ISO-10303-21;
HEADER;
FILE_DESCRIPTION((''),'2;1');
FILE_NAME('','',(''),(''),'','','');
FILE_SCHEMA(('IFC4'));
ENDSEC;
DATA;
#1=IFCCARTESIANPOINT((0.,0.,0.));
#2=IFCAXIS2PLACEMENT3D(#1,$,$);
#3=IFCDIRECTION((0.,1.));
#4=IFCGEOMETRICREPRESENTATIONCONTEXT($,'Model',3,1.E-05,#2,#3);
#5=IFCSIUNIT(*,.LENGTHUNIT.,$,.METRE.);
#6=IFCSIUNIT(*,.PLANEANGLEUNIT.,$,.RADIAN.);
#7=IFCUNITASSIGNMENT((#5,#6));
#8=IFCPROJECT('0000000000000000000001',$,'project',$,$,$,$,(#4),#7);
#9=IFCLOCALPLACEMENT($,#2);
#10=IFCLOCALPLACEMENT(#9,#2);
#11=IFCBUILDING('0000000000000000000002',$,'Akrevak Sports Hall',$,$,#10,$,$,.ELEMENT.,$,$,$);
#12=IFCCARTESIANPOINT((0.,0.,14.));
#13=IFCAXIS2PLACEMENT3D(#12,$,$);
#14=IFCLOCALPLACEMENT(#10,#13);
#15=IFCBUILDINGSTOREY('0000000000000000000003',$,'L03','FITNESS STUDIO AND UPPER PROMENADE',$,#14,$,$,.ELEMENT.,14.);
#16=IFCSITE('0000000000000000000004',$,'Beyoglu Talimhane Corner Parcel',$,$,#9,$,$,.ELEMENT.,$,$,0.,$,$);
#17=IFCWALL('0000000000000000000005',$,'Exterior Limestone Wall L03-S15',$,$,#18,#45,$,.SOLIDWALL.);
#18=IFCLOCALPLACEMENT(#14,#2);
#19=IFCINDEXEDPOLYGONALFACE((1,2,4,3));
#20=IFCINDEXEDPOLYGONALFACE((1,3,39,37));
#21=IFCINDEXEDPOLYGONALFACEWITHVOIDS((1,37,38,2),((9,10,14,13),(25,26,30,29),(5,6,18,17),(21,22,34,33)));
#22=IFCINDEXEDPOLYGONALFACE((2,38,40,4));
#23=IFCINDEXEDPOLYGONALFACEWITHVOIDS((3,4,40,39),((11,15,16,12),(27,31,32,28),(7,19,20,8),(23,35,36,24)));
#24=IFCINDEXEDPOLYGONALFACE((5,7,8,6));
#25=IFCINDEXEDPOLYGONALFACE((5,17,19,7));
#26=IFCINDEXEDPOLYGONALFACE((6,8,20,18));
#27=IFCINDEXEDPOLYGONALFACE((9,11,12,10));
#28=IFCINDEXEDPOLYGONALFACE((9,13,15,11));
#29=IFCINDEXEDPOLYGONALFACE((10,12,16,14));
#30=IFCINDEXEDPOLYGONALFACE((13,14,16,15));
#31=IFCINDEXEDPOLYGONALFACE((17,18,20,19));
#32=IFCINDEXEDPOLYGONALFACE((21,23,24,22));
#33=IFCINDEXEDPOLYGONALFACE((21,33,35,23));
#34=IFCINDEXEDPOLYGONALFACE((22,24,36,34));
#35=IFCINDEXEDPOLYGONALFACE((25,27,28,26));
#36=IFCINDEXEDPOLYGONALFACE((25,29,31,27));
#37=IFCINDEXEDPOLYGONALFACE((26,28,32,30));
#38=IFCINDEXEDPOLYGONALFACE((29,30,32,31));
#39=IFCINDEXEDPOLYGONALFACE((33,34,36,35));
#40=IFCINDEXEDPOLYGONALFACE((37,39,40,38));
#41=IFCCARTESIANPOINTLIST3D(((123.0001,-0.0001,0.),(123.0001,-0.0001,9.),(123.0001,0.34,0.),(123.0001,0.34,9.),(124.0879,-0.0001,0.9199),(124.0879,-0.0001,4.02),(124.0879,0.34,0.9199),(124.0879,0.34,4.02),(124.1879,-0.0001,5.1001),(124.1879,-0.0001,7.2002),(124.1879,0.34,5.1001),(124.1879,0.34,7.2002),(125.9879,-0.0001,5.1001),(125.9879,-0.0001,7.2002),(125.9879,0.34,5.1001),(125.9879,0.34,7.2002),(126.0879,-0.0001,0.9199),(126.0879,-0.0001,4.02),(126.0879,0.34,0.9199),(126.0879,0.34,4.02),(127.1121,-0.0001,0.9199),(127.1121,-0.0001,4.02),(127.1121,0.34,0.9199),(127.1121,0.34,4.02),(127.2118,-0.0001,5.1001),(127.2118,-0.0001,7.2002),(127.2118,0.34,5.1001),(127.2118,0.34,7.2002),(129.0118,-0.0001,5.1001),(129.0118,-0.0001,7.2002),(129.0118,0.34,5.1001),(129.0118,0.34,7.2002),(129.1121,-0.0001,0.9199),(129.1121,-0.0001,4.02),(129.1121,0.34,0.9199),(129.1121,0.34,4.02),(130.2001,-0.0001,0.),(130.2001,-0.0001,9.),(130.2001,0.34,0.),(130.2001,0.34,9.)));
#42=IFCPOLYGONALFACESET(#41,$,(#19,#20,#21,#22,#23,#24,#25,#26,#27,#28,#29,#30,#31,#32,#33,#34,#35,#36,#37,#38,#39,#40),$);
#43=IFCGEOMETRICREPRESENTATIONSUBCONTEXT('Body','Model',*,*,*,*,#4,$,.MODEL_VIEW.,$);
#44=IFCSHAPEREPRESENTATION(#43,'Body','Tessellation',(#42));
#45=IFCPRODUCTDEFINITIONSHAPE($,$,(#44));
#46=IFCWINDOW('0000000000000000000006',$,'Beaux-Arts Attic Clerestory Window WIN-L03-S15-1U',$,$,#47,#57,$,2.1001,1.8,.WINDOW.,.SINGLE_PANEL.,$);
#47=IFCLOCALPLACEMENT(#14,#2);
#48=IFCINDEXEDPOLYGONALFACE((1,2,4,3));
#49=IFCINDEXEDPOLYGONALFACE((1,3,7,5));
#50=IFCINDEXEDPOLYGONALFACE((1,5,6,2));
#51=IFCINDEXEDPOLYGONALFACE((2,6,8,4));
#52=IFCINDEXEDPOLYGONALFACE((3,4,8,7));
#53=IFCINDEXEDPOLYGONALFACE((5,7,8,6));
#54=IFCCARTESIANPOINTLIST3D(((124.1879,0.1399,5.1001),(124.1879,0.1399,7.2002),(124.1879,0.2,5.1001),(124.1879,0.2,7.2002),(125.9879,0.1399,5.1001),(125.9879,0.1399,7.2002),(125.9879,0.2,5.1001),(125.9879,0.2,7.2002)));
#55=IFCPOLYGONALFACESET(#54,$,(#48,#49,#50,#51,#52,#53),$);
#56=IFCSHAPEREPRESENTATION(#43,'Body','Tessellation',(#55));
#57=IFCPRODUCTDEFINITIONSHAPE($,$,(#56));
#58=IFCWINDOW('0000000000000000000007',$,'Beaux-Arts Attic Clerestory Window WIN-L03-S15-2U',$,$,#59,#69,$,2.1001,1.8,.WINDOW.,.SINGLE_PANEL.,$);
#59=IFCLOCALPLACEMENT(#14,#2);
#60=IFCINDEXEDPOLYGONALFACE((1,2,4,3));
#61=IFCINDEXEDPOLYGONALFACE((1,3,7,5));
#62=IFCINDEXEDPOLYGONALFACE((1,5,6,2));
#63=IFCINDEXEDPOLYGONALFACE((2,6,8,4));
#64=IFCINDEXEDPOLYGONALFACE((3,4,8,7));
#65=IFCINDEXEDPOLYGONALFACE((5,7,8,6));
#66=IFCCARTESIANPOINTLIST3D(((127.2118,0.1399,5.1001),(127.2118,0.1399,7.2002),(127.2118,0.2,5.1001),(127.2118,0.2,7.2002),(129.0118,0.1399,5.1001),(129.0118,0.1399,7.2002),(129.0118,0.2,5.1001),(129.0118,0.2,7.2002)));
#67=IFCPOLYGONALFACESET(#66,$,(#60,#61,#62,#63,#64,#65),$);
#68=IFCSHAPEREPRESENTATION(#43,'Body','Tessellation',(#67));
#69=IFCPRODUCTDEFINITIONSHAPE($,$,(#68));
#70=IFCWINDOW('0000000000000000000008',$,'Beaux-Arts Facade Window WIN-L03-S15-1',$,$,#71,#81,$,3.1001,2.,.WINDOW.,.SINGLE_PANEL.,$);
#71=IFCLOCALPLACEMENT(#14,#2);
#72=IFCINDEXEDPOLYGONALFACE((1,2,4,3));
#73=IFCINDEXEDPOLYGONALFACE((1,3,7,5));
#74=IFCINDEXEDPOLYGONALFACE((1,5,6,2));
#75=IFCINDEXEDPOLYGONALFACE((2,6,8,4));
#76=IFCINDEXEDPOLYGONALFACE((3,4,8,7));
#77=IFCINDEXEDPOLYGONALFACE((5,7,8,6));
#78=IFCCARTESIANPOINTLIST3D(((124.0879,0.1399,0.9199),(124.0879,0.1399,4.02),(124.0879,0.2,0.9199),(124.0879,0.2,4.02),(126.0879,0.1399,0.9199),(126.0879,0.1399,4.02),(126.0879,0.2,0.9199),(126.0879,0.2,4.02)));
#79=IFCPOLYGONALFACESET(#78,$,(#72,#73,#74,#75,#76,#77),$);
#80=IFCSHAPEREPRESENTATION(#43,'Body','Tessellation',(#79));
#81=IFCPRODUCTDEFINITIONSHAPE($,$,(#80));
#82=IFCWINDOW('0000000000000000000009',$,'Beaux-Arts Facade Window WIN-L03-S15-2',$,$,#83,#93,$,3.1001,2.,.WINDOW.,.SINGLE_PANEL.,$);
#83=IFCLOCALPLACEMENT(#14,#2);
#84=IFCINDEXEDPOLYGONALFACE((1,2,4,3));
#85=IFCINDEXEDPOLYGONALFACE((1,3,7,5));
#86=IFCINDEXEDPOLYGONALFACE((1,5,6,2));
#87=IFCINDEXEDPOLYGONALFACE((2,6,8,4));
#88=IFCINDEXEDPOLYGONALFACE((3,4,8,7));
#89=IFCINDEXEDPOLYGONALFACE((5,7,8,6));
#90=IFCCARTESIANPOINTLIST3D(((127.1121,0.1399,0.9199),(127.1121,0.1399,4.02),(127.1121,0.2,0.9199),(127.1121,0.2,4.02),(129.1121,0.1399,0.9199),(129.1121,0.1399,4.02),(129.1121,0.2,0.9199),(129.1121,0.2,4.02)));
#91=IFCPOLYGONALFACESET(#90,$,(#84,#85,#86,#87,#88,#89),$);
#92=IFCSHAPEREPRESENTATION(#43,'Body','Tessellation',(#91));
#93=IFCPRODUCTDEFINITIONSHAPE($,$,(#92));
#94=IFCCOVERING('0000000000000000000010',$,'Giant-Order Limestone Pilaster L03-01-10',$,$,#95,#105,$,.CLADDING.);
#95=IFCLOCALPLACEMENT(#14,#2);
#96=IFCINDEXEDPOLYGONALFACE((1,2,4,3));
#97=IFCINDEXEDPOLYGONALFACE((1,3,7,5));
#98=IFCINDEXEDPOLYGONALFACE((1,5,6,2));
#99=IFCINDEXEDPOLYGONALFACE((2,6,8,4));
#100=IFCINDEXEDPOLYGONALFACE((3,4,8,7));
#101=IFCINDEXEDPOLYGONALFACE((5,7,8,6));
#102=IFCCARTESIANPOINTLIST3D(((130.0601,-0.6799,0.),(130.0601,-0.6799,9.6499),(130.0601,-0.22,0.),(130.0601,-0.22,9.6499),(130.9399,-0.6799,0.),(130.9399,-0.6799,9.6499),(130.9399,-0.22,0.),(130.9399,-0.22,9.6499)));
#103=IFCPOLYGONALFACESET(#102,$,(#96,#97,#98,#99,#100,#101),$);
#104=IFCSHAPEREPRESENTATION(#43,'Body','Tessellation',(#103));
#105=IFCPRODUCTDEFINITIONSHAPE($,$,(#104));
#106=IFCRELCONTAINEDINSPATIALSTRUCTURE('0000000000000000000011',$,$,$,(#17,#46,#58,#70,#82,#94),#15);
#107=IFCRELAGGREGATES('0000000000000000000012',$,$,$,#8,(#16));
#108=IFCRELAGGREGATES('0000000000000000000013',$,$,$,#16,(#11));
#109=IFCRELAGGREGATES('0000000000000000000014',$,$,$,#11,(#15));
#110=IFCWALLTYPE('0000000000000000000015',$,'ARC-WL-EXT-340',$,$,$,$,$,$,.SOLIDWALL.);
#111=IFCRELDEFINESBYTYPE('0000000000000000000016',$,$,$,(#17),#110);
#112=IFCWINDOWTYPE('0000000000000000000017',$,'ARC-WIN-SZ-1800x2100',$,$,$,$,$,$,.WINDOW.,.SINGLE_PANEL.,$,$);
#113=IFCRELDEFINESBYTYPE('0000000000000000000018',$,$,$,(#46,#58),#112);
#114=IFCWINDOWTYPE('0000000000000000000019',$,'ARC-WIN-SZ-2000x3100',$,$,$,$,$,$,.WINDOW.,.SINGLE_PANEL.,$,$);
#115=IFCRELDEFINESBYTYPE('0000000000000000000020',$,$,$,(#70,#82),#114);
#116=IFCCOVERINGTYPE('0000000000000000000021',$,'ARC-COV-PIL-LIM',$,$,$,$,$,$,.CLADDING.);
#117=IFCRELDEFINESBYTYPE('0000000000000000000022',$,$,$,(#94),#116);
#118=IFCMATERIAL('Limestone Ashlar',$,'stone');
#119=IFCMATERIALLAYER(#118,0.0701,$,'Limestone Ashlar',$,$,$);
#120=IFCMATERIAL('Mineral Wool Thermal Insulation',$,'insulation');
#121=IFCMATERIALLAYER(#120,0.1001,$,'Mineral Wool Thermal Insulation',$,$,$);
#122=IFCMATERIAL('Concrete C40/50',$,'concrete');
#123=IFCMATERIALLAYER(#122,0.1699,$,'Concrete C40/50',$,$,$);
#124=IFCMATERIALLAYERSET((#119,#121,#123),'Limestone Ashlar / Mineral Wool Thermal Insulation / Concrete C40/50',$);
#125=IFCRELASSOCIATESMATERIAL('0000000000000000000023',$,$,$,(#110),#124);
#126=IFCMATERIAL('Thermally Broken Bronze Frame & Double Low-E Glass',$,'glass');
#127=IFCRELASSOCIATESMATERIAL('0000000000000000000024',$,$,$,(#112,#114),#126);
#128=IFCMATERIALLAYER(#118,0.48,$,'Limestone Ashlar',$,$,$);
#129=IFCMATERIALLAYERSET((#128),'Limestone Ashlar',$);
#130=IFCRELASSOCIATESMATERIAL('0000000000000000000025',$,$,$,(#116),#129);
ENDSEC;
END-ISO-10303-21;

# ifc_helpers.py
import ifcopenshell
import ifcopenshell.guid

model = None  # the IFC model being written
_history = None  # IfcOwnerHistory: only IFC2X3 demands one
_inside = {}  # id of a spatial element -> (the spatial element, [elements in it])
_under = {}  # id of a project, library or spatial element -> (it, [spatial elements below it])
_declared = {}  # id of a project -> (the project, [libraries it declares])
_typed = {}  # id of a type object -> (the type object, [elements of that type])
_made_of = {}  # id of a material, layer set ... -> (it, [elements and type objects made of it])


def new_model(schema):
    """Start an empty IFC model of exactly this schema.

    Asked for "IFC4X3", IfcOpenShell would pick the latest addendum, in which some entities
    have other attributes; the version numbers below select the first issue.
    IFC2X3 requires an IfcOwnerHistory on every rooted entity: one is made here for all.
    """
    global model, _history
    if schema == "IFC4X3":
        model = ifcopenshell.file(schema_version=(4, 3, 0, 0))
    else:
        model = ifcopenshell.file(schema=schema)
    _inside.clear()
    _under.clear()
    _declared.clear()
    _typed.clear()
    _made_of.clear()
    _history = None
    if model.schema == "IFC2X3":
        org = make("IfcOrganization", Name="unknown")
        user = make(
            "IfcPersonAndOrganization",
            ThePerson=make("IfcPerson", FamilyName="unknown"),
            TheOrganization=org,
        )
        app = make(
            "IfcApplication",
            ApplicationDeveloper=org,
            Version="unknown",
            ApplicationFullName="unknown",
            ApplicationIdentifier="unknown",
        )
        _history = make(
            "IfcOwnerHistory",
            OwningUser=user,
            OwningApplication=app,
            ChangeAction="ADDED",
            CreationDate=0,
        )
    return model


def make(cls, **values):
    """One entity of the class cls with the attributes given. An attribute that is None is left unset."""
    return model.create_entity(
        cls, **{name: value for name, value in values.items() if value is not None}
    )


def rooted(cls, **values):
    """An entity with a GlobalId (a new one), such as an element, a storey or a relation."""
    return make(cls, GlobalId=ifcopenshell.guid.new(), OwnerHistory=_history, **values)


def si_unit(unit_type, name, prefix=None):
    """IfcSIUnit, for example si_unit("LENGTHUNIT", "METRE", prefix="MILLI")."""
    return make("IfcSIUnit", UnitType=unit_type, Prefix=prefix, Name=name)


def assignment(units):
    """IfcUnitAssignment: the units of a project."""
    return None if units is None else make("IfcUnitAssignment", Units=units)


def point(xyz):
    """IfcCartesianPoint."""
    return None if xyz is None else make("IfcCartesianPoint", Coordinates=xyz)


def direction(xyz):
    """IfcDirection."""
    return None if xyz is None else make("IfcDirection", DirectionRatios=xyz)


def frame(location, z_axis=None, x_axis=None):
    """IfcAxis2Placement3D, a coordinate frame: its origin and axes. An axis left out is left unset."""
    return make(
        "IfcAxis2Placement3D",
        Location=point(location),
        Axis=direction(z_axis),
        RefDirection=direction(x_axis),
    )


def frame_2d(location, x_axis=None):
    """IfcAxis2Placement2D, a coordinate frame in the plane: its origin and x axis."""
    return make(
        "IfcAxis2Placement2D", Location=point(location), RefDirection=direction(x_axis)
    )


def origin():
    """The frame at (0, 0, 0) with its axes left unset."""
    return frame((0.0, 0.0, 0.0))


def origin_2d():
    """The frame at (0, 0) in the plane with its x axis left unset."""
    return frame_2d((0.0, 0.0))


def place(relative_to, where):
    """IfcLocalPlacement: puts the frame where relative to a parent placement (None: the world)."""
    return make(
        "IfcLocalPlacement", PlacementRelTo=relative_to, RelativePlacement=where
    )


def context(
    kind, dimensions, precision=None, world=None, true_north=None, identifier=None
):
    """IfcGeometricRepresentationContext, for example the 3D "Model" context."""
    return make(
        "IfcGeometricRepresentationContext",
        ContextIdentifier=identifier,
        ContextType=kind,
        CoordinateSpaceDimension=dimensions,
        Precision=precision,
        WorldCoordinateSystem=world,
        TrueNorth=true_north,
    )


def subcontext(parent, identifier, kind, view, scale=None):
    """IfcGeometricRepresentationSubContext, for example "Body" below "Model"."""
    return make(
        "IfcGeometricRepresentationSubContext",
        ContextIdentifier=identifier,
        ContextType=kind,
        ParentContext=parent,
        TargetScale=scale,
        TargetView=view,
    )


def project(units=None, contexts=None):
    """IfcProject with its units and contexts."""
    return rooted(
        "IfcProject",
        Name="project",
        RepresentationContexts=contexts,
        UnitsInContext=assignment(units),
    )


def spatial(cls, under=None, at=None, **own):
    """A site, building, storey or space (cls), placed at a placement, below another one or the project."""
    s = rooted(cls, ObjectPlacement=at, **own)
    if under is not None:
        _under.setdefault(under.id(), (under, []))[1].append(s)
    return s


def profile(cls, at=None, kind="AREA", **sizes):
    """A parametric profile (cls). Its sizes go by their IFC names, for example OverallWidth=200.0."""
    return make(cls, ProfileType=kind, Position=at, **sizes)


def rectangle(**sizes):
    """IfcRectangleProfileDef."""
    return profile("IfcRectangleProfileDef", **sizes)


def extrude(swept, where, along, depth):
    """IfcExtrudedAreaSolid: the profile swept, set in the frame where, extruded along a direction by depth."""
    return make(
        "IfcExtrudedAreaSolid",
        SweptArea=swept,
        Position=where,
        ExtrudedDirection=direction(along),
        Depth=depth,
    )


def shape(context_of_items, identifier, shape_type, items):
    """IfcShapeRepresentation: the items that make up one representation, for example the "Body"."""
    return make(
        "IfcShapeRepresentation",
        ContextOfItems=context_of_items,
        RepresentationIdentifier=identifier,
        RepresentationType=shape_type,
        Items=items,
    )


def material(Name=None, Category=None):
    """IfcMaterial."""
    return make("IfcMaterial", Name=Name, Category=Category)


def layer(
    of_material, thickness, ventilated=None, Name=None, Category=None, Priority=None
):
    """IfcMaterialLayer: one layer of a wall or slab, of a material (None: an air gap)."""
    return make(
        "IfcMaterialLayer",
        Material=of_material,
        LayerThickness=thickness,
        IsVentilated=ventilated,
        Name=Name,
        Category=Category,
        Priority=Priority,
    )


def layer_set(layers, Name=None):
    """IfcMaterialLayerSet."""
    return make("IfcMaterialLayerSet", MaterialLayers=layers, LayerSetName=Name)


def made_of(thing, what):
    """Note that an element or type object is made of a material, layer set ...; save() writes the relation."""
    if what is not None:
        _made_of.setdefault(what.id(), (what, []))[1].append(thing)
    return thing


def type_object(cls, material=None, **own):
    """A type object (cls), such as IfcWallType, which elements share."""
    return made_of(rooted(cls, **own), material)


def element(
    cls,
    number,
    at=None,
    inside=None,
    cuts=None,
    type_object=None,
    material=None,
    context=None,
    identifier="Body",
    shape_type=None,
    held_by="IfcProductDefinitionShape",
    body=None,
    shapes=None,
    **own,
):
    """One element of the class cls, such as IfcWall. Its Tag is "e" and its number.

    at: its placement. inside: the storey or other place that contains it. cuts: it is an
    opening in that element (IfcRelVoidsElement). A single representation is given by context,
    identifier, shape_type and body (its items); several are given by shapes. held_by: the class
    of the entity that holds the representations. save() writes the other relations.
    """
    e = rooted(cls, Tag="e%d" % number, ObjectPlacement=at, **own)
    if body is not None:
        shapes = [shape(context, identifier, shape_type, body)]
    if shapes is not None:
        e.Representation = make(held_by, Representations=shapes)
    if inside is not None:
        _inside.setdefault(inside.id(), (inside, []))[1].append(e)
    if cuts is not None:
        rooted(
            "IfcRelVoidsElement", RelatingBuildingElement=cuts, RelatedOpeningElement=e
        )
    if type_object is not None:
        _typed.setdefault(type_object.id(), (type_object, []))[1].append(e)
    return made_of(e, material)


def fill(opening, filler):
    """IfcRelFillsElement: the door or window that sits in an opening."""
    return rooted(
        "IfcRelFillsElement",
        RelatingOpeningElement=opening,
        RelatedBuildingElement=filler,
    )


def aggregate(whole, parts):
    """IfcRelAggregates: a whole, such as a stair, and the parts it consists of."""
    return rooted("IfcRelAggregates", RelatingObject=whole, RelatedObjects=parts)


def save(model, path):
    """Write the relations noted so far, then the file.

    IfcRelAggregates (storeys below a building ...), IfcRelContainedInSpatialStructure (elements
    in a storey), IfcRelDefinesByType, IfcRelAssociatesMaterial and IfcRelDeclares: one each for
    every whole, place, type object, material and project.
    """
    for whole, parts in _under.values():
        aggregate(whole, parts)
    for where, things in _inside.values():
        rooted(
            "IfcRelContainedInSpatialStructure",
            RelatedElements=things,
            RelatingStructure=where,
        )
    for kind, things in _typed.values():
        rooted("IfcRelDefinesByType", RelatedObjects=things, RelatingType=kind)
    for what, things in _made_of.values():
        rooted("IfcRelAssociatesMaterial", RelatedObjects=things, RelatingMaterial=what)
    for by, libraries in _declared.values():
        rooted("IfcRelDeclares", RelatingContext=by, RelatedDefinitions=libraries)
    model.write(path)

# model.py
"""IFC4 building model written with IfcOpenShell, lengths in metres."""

from ifc_helpers import new_model, si_unit, direction, frame, frame_2d, origin, origin_2d, place, context, subcontext, project, spatial, rectangle, extrude, material, layer, layer_set, type_object, element, fill, save


model = new_model("IFC4")

# Units and contexts
model_context = context("Model", 3, precision=1e-05, world=origin(), true_north=direction((0.0, 1.0)))
body_context = subcontext(model_context, "Body", "Model", "MODEL_VIEW")
ifc_project = project(units=[si_unit("LENGTHUNIT", "METRE"), si_unit("PLANEANGLEUNIT", "RADIAN")], contexts=[model_context])

# Site, building, storey
site_placement = place(None, origin())
site = spatial("IfcSite", under=ifc_project, at=site_placement, Name="Beyoglu Talimhane Corner Parcel", CompositionType="ELEMENT", RefElevation=0.0)
building_placement = place(site_placement, origin())
building = spatial("IfcBuilding", under=site, at=building_placement, Name="Akrevak Sports Hall", CompositionType="ELEMENT")
storey_placement = place(building_placement, frame((0.0, 0.0, 14.0)))
storey = spatial("IfcBuildingStorey", under=building, at=storey_placement, Name="L03", Description="FITNESS STUDIO AND UPPER PROMENADE", CompositionType="ELEMENT", Elevation=14.0)

# Shared definitions
ifc_material_1 = material(Name="Concrete C40/50", Category="concrete")

# Wall, openings, windows
ifc_material_2 = material(Name="Limestone Ashlar", Category="stone")
ifc_layer_1 = layer(ifc_material_2, 0.0701, Name="Limestone Ashlar")
ifc_material_3 = material(Name="Mineral Wool Thermal Insulation", Category="insulation")
ifc_layer_2 = layer(ifc_material_3, 0.1001, Name="Mineral Wool Thermal Insulation")
ifc_layer_3 = layer(ifc_material_1, 0.1699, Name="Concrete C40/50")
ifc_layer_set_1 = layer_set([ifc_layer_1, ifc_layer_2, ifc_layer_3], Name="Limestone Ashlar / Mineral Wool Thermal Insulation / Concrete C40/50")
wall_type = type_object("IfcWallType", Name="ARC-WL-EXT-340", PredefinedType="SOLIDWALL", material=ifc_layer_set_1)
ifc_material_4 = material(Name="Thermally Broken Bronze Frame & Double Low-E Glass", Category="glass")
window_type_1 = type_object("IfcWindowType", Name="ARC-WIN-SZ-1800x2100", PartitioningType="SINGLE_PANEL", PredefinedType="WINDOW", material=ifc_material_4)
window_type_2 = type_object("IfcWindowType", Name="ARC-WIN-SZ-2000x3100", PartitioningType="SINGLE_PANEL", PredefinedType="WINDOW", material=ifc_material_4)
wall_1_placement = place(storey_placement, frame((123.0, 0.1699, 0.0), z_axis=(0.0, 0.0, 1.0), x_axis=(1.0, 0.0, 0.0)))
wall_1 = element("IfcWall", 1, at=wall_1_placement, inside=storey, type_object=wall_type, Name="Exterior Limestone Wall L03-S15", PredefinedType="SOLIDWALL", context=body_context, shape_type="SweptSolid", body=[
    extrude(rectangle(XDim=7.2, YDim=0.3401, at=frame_2d((3.6001, 0.0))), origin(), (0.0, 0.0, 1.0), 9.0),
])
opening_1_placement = place(wall_1_placement, frame((1.0879, 0.0, 0.9199)))
opening_1 = element("IfcOpeningElement", 2, at=opening_1_placement, cuts=wall_1, PredefinedType="OPENING", context=body_context, shape_type="SweptSolid", body=[
    extrude(rectangle(XDim=2.0, YDim=3.1001, at=frame_2d((1.0, 1.55))), frame((0.0, 0.1821, 0.0), z_axis=(0.0, -1.0, 0.0), x_axis=(1.0, 0.0, 0.0)), (0.0, 0.0, 1.0), 0.364),
])
opening_2_placement = place(wall_1_placement, frame((1.188, 0.0, 5.1001)))
opening_2 = element("IfcOpeningElement", 3, at=opening_2_placement, cuts=wall_1, PredefinedType="OPENING", context=body_context, shape_type="SweptSolid", body=[
    extrude(rectangle(XDim=1.8, YDim=2.1001, at=frame_2d((0.8999, 1.05))), frame((0.0, 0.1821, 0.0), z_axis=(0.0, -1.0, 0.0), x_axis=(1.0, 0.0, 0.0)), (0.0, 0.0, 1.0), 0.364),
])
opening_3_placement = place(wall_1_placement, frame((4.1121, 0.0, 0.9199)))
opening_3 = element("IfcOpeningElement", 4, at=opening_3_placement, cuts=wall_1, PredefinedType="OPENING", context=body_context, shape_type="SweptSolid", body=[
    extrude(rectangle(XDim=2.0, YDim=3.1001, at=frame_2d((1.0, 1.55))), frame((0.0, 0.1821, 0.0), z_axis=(0.0, -1.0, 0.0), x_axis=(1.0, 0.0, 0.0)), (0.0, 0.0, 1.0), 0.364),
])
opening_4_placement = place(wall_1_placement, frame((4.2119, 0.0, 5.1001)))
opening_4 = element("IfcOpeningElement", 5, at=opening_4_placement, cuts=wall_1, PredefinedType="OPENING", context=body_context, shape_type="SweptSolid", body=[
    extrude(rectangle(XDim=1.8, YDim=2.1001, at=frame_2d((0.8999, 1.05))), frame((0.0, 0.1821, 0.0), z_axis=(0.0, -1.0, 0.0), x_axis=(1.0, 0.0, 0.0)), (0.0, 0.0, 1.0), 0.364),
])
window_1_placement = place(opening_2_placement, origin())
window_1 = element("IfcWindow", 6, at=window_1_placement, inside=storey, type_object=window_type_1, Name="Beaux-Arts Attic Clerestory Window WIN-L03-S15-1U", OverallHeight=2.1001, OverallWidth=1.8, PartitioningType="SINGLE_PANEL", PredefinedType="WINDOW", context=body_context, shape_type="SweptSolid", body=[
    extrude(rectangle(XDim=1.8, YDim=2.1001, at=frame_2d((0.8999, 1.05))), frame((0.0, 0.03, 0.0), z_axis=(0.0, -1.0, 0.0), x_axis=(1.0, 0.0, 0.0)), (0.0, 0.0, 1.0), 0.0601),
])
fill(opening_2, window_1)
window_2_placement = place(opening_4_placement, origin())
window_2 = element("IfcWindow", 7, at=window_2_placement, inside=storey, type_object=window_type_1, Name="Beaux-Arts Attic Clerestory Window WIN-L03-S15-2U", OverallHeight=2.1001, OverallWidth=1.8, PartitioningType="SINGLE_PANEL", PredefinedType="WINDOW", context=body_context, shape_type="SweptSolid", body=[
    extrude(rectangle(XDim=1.8, YDim=2.1001, at=frame_2d((0.8999, 1.05))), frame((0.0, 0.03, 0.0), z_axis=(0.0, -1.0, 0.0), x_axis=(1.0, 0.0, 0.0)), (0.0, 0.0, 1.0), 0.0601),
])
fill(opening_4, window_2)
window_3_placement = place(opening_1_placement, origin())
window_3 = element("IfcWindow", 8, at=window_3_placement, inside=storey, type_object=window_type_2, Name="Beaux-Arts Facade Window WIN-L03-S15-1", OverallHeight=3.1001, OverallWidth=2.0, PartitioningType="SINGLE_PANEL", PredefinedType="WINDOW", context=body_context, shape_type="SweptSolid", body=[
    extrude(rectangle(XDim=2.0, YDim=3.1001, at=frame_2d((1.0, 1.55))), frame((0.0, 0.03, 0.0), z_axis=(0.0, -1.0, 0.0), x_axis=(1.0, 0.0, 0.0)), (0.0, 0.0, 1.0), 0.0601),
])
fill(opening_1, window_3)
window_4_placement = place(opening_3_placement, origin())
window_4 = element("IfcWindow", 9, at=window_4_placement, inside=storey, type_object=window_type_2, Name="Beaux-Arts Facade Window WIN-L03-S15-2", OverallHeight=3.1001, OverallWidth=2.0, PartitioningType="SINGLE_PANEL", PredefinedType="WINDOW", context=body_context, shape_type="SweptSolid", body=[
    extrude(rectangle(XDim=2.0, YDim=3.1001, at=frame_2d((1.0, 1.55))), frame((0.0, 0.03, 0.0), z_axis=(0.0, -1.0, 0.0), x_axis=(1.0, 0.0, 0.0)), (0.0, 0.0, 1.0), 0.0601),
])
fill(opening_3, window_4)

# Covering
ifc_layer_4 = layer(ifc_material_2, 0.48, Name="Limestone Ashlar")
ifc_layer_set_2 = layer_set([ifc_layer_4], Name="Limestone Ashlar")
covering_type = type_object("IfcCoveringType", Name="ARC-COV-PIL-LIM", PredefinedType="CLADDING", material=ifc_layer_set_2)
covering_placement = place(storey_placement, frame((130.5, -0.45, 0.0), z_axis=(0.0, 0.0, 1.0), x_axis=(1.0, 0.0, 0.0)))
element("IfcCovering", 10, at=covering_placement, inside=storey, type_object=covering_type, Name="Giant-Order Limestone Pilaster L03-01-10", PredefinedType="CLADDING", context=body_context, shape_type="SweptSolid", body=[
    extrude(rectangle(XDim=0.8799, YDim=0.46, at=origin_2d()), origin(), (0.0, 0.0, 1.0), 9.6499),
])

save(model, "model.ifc")
